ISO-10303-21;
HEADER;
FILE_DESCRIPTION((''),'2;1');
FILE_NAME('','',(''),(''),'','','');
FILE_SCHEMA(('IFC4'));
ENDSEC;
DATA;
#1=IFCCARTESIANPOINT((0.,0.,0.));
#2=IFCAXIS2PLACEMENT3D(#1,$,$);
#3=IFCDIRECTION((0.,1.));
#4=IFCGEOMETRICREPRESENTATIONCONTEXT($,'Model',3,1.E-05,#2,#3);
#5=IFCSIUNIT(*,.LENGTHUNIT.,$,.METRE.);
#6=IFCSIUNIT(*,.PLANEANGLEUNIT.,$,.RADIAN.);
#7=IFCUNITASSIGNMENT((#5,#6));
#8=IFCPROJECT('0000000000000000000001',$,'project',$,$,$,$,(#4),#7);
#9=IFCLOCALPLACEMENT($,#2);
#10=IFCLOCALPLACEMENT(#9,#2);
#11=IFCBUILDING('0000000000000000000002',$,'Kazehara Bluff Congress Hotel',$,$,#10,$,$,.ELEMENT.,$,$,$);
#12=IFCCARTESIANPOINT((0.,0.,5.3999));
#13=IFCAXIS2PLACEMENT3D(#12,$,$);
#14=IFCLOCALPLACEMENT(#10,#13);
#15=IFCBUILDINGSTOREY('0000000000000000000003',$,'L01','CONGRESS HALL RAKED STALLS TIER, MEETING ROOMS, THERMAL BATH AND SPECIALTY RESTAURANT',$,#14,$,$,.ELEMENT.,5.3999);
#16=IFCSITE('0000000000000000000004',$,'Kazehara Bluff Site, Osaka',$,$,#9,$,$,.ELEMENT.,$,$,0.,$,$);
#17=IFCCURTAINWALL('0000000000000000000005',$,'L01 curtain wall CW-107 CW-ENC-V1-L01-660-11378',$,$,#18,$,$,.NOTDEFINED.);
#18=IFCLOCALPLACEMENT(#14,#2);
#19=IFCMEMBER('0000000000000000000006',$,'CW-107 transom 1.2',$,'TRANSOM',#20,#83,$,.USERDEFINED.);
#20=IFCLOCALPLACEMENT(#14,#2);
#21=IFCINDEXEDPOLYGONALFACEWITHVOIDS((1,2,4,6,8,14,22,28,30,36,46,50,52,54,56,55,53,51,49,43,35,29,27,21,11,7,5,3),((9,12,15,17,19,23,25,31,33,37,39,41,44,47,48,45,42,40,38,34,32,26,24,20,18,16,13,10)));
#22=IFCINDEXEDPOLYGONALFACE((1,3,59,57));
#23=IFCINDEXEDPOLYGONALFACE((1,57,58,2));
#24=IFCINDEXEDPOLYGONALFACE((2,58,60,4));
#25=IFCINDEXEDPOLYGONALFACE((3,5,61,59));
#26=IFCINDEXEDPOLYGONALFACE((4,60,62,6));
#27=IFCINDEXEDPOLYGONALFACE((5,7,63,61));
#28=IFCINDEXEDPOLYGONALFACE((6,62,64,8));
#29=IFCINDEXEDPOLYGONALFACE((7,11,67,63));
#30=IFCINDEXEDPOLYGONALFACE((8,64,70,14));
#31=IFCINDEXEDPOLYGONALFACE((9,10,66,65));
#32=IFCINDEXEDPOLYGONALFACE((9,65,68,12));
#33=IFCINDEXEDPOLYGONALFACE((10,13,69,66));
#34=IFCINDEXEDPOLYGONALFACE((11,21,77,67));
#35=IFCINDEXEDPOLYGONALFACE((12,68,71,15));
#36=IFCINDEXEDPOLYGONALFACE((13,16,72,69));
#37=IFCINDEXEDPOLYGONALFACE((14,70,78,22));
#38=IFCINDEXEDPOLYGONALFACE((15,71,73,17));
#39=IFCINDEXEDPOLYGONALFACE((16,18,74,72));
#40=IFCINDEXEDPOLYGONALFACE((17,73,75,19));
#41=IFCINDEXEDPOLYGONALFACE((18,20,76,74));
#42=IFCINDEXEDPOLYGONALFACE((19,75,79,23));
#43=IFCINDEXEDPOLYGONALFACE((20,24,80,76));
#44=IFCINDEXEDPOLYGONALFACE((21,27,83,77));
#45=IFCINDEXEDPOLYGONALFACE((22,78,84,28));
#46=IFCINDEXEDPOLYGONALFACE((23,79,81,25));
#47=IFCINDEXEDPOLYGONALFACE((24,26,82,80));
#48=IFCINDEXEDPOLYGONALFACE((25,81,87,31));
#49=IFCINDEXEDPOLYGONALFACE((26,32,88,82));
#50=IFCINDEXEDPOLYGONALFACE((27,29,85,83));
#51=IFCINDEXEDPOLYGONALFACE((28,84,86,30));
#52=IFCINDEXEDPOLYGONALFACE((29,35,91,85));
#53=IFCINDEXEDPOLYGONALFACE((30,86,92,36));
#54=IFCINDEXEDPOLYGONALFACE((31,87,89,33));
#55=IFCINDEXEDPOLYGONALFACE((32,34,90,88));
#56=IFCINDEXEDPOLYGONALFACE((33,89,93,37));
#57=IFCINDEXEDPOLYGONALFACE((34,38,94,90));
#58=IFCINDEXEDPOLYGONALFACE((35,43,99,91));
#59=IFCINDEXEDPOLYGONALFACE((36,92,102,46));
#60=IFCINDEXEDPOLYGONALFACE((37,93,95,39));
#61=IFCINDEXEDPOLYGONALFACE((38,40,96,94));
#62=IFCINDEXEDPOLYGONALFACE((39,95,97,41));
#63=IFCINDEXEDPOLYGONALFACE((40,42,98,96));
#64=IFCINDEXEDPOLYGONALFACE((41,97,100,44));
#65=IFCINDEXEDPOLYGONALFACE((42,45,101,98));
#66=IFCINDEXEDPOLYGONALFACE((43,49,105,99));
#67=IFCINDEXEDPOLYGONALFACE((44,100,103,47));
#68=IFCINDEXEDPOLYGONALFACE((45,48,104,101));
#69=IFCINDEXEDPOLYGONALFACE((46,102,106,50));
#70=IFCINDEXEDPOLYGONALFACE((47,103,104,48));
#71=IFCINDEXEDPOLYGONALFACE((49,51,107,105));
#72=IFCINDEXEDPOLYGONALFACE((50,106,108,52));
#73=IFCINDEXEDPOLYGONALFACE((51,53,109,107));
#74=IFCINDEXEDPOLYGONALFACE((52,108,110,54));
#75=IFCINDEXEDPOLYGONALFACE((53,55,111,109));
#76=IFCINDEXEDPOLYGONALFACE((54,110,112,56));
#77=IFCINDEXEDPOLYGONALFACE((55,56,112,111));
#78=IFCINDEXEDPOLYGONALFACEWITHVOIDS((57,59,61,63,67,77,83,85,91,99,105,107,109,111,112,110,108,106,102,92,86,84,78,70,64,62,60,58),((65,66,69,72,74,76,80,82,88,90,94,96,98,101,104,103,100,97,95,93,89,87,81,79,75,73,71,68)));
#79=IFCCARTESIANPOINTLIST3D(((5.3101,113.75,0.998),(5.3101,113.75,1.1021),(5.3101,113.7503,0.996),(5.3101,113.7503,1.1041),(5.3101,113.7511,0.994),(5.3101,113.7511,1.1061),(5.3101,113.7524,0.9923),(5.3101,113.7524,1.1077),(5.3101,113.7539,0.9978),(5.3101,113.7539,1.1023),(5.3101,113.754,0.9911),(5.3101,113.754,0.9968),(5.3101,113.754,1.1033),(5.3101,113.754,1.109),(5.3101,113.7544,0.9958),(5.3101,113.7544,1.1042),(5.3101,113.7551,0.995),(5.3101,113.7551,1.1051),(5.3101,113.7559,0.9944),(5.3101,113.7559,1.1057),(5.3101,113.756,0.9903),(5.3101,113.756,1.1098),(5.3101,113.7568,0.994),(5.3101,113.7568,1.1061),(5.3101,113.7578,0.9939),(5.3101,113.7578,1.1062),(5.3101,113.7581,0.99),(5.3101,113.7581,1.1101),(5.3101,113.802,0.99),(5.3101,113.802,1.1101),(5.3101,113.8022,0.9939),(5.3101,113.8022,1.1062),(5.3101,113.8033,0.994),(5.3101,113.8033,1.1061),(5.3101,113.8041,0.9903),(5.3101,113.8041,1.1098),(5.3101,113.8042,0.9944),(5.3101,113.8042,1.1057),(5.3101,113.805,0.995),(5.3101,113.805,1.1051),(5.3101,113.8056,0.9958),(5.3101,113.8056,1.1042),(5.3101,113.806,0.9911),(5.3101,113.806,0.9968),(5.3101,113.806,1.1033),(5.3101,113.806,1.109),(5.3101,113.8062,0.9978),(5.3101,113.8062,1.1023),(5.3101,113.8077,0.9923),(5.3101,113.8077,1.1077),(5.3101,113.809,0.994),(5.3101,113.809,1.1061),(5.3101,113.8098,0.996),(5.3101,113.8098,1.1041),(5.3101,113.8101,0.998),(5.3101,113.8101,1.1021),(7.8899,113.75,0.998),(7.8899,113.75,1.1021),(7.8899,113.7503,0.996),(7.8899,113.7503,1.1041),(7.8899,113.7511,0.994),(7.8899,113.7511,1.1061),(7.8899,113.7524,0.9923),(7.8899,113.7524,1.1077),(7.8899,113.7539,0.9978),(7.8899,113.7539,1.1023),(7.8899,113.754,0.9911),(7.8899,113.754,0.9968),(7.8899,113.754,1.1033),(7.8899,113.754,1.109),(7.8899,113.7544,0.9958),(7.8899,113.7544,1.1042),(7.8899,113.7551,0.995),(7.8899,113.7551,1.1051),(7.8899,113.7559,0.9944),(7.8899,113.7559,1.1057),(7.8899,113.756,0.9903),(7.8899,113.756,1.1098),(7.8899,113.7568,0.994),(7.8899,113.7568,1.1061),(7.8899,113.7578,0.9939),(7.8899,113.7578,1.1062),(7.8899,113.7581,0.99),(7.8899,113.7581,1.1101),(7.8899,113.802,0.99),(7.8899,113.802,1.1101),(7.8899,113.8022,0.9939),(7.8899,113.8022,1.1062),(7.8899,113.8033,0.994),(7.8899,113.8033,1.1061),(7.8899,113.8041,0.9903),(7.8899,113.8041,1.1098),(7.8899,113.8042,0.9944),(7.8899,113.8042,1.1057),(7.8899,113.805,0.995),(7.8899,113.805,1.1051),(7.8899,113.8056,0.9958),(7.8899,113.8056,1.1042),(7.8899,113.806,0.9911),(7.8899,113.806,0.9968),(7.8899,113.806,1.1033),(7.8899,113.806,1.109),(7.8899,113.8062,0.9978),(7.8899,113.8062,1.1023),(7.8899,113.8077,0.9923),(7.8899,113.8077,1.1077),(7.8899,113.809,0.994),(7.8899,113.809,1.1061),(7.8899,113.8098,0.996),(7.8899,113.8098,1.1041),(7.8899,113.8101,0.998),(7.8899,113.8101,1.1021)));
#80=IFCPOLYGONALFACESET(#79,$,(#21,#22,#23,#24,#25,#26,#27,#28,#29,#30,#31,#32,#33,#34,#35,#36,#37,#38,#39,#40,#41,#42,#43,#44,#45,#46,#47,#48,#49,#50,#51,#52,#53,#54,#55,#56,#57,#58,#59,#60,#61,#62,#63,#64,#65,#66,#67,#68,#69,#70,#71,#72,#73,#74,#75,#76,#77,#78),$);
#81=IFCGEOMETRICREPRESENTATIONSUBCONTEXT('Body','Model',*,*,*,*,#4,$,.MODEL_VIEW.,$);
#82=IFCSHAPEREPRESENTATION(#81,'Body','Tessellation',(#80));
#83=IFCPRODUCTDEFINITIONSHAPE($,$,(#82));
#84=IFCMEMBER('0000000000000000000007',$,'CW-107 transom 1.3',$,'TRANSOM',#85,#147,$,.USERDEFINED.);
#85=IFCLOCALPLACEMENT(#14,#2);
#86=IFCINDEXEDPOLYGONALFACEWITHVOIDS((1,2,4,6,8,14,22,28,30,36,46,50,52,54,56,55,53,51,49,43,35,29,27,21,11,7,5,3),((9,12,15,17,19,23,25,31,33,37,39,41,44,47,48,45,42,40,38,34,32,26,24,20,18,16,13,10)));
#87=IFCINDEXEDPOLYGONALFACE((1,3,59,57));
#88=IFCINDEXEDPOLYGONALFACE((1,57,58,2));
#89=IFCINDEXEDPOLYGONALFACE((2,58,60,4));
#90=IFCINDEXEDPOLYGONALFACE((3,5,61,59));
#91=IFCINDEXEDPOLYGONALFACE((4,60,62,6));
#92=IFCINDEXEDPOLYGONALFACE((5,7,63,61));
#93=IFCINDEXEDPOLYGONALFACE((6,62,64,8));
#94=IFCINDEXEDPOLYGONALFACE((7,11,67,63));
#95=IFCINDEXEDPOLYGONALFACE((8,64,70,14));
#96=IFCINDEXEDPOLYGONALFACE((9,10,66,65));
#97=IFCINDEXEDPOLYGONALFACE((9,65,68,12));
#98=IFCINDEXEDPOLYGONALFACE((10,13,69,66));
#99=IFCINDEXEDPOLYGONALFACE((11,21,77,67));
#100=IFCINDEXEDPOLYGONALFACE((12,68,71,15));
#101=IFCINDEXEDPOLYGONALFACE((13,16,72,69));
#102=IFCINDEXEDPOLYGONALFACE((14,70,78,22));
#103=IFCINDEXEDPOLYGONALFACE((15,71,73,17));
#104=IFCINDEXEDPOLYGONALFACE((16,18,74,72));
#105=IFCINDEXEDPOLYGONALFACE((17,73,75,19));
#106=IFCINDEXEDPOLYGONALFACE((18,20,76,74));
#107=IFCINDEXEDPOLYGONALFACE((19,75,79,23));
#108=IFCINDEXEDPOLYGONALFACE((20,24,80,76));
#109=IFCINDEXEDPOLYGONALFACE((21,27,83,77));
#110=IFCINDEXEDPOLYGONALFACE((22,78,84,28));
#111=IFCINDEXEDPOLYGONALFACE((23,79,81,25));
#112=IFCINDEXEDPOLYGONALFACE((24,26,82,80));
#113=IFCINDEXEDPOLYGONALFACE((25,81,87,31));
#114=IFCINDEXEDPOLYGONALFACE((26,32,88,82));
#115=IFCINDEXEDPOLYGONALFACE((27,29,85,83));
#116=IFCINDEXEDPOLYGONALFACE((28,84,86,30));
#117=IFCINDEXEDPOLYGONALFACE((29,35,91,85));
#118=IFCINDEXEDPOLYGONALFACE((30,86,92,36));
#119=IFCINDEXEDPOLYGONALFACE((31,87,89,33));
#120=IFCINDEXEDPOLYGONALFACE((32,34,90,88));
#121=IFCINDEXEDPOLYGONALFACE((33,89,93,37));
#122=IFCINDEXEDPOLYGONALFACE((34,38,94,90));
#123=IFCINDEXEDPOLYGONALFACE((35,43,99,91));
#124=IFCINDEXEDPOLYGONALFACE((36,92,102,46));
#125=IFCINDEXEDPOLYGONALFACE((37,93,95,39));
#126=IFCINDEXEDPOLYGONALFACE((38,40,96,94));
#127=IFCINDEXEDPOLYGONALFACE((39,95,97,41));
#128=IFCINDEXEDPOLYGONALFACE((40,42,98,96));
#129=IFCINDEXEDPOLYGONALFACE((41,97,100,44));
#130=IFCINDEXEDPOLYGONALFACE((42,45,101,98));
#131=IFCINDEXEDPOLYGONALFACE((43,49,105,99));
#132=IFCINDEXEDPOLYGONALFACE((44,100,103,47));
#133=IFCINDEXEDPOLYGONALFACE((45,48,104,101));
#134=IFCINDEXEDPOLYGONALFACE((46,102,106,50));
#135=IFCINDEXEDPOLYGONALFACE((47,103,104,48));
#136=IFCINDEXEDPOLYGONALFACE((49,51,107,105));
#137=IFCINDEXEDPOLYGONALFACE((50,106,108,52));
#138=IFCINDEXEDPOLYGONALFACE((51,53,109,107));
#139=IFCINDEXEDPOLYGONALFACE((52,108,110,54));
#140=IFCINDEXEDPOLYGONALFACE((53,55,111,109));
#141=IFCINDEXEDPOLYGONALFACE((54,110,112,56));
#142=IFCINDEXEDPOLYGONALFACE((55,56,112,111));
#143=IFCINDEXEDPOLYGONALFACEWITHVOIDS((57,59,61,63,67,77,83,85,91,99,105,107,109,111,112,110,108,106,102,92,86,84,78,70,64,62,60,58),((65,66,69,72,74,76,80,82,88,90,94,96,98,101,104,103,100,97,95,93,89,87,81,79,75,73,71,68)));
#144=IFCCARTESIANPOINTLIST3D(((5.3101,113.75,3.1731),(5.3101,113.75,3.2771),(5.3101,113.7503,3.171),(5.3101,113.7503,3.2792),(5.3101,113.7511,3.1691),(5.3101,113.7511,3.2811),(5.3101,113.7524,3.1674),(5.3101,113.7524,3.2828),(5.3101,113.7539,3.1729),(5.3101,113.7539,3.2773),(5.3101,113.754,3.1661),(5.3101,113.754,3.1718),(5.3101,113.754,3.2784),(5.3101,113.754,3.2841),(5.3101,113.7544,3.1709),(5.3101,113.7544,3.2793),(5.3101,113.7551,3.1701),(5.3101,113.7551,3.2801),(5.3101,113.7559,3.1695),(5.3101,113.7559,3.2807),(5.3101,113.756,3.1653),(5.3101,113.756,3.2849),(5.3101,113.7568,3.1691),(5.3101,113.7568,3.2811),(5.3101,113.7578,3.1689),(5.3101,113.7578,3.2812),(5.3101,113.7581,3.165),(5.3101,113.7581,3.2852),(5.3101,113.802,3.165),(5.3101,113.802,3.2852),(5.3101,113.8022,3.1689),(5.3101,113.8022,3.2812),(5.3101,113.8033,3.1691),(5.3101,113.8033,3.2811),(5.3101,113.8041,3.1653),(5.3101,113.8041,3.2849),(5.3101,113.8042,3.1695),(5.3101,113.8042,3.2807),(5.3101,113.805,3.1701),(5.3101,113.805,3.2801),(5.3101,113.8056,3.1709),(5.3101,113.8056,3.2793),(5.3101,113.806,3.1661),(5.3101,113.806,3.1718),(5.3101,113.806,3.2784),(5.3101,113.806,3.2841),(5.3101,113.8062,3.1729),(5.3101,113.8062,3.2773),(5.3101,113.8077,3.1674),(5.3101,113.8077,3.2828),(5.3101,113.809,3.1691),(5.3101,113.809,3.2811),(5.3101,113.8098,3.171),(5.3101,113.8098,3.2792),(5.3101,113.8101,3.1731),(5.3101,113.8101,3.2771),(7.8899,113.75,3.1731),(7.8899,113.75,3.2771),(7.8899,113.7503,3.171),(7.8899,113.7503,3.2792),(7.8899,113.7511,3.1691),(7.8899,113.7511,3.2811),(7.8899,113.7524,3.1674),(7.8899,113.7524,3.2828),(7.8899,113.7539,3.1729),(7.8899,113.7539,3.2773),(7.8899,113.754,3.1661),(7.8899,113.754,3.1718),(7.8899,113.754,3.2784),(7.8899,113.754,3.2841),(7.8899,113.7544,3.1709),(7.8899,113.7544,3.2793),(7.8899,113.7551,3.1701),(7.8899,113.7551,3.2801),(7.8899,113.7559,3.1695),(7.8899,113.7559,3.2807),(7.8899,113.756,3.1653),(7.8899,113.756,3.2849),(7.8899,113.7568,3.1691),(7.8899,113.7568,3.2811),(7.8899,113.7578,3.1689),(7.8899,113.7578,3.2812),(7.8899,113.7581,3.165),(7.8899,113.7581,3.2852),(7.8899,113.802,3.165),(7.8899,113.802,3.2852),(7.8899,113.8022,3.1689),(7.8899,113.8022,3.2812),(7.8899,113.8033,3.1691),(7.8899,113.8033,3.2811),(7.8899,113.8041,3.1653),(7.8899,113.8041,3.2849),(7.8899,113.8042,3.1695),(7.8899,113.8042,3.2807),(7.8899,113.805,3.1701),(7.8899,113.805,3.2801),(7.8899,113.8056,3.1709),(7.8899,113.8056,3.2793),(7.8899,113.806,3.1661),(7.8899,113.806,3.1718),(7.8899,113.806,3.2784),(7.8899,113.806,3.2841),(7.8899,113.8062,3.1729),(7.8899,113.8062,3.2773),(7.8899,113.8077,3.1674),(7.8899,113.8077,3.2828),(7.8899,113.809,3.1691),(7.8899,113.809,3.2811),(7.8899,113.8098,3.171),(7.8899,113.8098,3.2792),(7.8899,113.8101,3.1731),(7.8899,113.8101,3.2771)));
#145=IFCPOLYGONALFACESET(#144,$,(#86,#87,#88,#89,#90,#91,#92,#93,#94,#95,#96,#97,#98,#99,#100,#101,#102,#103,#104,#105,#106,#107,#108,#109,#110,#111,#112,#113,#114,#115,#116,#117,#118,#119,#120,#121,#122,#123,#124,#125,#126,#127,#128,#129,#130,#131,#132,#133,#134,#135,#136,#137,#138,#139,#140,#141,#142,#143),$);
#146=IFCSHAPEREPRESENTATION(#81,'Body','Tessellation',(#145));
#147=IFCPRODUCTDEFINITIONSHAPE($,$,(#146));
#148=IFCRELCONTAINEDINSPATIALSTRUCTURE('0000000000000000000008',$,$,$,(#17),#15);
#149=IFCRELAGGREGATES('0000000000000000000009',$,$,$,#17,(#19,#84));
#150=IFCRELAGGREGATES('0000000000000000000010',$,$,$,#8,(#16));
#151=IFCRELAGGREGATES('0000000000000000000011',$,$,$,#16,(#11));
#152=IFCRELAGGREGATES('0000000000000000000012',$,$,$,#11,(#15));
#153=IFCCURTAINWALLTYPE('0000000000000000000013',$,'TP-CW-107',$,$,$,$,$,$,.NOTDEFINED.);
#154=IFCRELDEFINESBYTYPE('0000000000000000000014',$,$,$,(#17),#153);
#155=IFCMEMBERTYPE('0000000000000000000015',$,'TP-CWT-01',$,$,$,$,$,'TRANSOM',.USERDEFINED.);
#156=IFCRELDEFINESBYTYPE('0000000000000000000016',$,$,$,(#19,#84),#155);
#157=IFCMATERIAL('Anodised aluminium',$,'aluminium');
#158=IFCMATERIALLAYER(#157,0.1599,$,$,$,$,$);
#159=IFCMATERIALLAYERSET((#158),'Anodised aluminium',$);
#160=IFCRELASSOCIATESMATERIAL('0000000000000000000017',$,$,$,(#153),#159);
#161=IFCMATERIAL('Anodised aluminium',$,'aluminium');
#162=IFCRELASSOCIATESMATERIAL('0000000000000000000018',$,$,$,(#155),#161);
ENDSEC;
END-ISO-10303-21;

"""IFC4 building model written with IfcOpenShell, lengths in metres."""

from ifc_helpers import new_model, si_unit, direction, frame, origin, origin_2d, place, context, subcontext, project, spatial, hollow_rectangle, extrude, material, layer, layer_set, material_profile, profile_set, type_object, element, aggregate, save


model = new_model("IFC4")

# Units and contexts
model_context = context("Model", 3, precision=1e-05, world=origin(), true_north=direction((0.0, 1.0)))
body_context = subcontext(model_context, "Body", "Model", "MODEL_VIEW")
ifc_project = project(units=[si_unit("LENGTHUNIT", "METRE"), si_unit("PLANEANGLEUNIT", "RADIAN")], contexts=[model_context])

# Site, building, storey
site_placement = place(None, origin())
site = spatial("IfcSite", under=ifc_project, at=site_placement, Name="Kazehara Bluff Site, Osaka", CompositionType="ELEMENT", RefElevation=0.0)
building_placement = place(site_placement, origin())
building = spatial("IfcBuilding", under=site, at=building_placement, Name="Kazehara Bluff Congress Hotel", CompositionType="ELEMENT")
storey_placement = place(building_placement, frame((0.0, 0.0, 5.3999)))
storey = spatial("IfcBuildingStorey", under=building, at=storey_placement, Name="L01", Description="CONGRESS HALL RAKED STALLS TIER, MEETING ROOMS, THERMAL BATH AND SPECIALTY RESTAURANT", CompositionType="ELEMENT", Elevation=5.3999)

# Curtain wall
ifc_material_1 = material(Name="Anodised aluminium", Category="aluminium")
ifc_layer_1 = layer(ifc_material_1, 0.1599)
ifc_layer_set_1 = layer_set([ifc_layer_1], Name="Anodised aluminium")
curtain_wall_type_1 = type_object("IfcCurtainWallType", Name="TP-CW-107", PredefinedType="NOTDEFINED", material=ifc_layer_set_1)
curtain_wall_1_placement = place(storey_placement, origin())
curtain_wall_1 = element("IfcCurtainWall", 1, at=curtain_wall_1_placement, inside=storey, type_object=curtain_wall_type_1, Name="L01 curtain wall CW-107 CW-ENC-V1-L01-660-11378", PredefinedType="NOTDEFINED")

# Shared definitions
ifc_material_2 = material(Name="Anodised aluminium", Category="aluminium")
ifc_material_profile_1 = material_profile(ifc_material_2, hollow_rectangle(XDim=0.0601, YDim=0.1201, WallThickness=0.0039, InnerFilletRadius=0.0039, OuterFilletRadius=0.0081, at=origin_2d()))
ifc_profile_set_1 = profile_set([ifc_material_profile_1], Name="Anodised aluminium")
member_type_1 = type_object("IfcMemberType", Name="TP-CWT-01", ElementType="TRANSOM", PredefinedType="USERDEFINED", material=ifc_profile_set_1)

# Members
member_1_placement = place(storey_placement, frame((5.3101, 113.78, 1.05), z_axis=(1.0, 0.0, 0.0), x_axis=(0.0, 1.0, 0.0)))
member_1 = element("IfcMember", 2, at=member_1_placement, type_object=member_type_1, Name="CW-107 transom 1.2", ObjectType="TRANSOM", PredefinedType="USERDEFINED", context=body_context, shape_type="SweptSolid", body=[
    extrude(hollow_rectangle(XDim=0.0601, YDim=0.1201, WallThickness=0.0039, InnerFilletRadius=0.0039, OuterFilletRadius=0.0081, at=origin_2d()), origin(), (0.0, 0.0, 1.0), 2.5798),
])
member_2_placement = place(storey_placement, frame((5.3101, 113.78, 3.2251), z_axis=(1.0, 0.0, 0.0), x_axis=(0.0, 1.0, 0.0)))
member_2 = element("IfcMember", 3, at=member_2_placement, type_object=member_type_1, Name="CW-107 transom 1.3", ObjectType="TRANSOM", PredefinedType="USERDEFINED", context=body_context, shape_type="SweptSolid", body=[
    extrude(hollow_rectangle(XDim=0.0601, YDim=0.1201, WallThickness=0.0039, InnerFilletRadius=0.0039, OuterFilletRadius=0.0081, at=origin_2d()), origin(), (0.0, 0.0, 1.0), 2.5798),
])

aggregate(curtain_wall_1, [member_1, member_2])

save(model, "model.ifc")
